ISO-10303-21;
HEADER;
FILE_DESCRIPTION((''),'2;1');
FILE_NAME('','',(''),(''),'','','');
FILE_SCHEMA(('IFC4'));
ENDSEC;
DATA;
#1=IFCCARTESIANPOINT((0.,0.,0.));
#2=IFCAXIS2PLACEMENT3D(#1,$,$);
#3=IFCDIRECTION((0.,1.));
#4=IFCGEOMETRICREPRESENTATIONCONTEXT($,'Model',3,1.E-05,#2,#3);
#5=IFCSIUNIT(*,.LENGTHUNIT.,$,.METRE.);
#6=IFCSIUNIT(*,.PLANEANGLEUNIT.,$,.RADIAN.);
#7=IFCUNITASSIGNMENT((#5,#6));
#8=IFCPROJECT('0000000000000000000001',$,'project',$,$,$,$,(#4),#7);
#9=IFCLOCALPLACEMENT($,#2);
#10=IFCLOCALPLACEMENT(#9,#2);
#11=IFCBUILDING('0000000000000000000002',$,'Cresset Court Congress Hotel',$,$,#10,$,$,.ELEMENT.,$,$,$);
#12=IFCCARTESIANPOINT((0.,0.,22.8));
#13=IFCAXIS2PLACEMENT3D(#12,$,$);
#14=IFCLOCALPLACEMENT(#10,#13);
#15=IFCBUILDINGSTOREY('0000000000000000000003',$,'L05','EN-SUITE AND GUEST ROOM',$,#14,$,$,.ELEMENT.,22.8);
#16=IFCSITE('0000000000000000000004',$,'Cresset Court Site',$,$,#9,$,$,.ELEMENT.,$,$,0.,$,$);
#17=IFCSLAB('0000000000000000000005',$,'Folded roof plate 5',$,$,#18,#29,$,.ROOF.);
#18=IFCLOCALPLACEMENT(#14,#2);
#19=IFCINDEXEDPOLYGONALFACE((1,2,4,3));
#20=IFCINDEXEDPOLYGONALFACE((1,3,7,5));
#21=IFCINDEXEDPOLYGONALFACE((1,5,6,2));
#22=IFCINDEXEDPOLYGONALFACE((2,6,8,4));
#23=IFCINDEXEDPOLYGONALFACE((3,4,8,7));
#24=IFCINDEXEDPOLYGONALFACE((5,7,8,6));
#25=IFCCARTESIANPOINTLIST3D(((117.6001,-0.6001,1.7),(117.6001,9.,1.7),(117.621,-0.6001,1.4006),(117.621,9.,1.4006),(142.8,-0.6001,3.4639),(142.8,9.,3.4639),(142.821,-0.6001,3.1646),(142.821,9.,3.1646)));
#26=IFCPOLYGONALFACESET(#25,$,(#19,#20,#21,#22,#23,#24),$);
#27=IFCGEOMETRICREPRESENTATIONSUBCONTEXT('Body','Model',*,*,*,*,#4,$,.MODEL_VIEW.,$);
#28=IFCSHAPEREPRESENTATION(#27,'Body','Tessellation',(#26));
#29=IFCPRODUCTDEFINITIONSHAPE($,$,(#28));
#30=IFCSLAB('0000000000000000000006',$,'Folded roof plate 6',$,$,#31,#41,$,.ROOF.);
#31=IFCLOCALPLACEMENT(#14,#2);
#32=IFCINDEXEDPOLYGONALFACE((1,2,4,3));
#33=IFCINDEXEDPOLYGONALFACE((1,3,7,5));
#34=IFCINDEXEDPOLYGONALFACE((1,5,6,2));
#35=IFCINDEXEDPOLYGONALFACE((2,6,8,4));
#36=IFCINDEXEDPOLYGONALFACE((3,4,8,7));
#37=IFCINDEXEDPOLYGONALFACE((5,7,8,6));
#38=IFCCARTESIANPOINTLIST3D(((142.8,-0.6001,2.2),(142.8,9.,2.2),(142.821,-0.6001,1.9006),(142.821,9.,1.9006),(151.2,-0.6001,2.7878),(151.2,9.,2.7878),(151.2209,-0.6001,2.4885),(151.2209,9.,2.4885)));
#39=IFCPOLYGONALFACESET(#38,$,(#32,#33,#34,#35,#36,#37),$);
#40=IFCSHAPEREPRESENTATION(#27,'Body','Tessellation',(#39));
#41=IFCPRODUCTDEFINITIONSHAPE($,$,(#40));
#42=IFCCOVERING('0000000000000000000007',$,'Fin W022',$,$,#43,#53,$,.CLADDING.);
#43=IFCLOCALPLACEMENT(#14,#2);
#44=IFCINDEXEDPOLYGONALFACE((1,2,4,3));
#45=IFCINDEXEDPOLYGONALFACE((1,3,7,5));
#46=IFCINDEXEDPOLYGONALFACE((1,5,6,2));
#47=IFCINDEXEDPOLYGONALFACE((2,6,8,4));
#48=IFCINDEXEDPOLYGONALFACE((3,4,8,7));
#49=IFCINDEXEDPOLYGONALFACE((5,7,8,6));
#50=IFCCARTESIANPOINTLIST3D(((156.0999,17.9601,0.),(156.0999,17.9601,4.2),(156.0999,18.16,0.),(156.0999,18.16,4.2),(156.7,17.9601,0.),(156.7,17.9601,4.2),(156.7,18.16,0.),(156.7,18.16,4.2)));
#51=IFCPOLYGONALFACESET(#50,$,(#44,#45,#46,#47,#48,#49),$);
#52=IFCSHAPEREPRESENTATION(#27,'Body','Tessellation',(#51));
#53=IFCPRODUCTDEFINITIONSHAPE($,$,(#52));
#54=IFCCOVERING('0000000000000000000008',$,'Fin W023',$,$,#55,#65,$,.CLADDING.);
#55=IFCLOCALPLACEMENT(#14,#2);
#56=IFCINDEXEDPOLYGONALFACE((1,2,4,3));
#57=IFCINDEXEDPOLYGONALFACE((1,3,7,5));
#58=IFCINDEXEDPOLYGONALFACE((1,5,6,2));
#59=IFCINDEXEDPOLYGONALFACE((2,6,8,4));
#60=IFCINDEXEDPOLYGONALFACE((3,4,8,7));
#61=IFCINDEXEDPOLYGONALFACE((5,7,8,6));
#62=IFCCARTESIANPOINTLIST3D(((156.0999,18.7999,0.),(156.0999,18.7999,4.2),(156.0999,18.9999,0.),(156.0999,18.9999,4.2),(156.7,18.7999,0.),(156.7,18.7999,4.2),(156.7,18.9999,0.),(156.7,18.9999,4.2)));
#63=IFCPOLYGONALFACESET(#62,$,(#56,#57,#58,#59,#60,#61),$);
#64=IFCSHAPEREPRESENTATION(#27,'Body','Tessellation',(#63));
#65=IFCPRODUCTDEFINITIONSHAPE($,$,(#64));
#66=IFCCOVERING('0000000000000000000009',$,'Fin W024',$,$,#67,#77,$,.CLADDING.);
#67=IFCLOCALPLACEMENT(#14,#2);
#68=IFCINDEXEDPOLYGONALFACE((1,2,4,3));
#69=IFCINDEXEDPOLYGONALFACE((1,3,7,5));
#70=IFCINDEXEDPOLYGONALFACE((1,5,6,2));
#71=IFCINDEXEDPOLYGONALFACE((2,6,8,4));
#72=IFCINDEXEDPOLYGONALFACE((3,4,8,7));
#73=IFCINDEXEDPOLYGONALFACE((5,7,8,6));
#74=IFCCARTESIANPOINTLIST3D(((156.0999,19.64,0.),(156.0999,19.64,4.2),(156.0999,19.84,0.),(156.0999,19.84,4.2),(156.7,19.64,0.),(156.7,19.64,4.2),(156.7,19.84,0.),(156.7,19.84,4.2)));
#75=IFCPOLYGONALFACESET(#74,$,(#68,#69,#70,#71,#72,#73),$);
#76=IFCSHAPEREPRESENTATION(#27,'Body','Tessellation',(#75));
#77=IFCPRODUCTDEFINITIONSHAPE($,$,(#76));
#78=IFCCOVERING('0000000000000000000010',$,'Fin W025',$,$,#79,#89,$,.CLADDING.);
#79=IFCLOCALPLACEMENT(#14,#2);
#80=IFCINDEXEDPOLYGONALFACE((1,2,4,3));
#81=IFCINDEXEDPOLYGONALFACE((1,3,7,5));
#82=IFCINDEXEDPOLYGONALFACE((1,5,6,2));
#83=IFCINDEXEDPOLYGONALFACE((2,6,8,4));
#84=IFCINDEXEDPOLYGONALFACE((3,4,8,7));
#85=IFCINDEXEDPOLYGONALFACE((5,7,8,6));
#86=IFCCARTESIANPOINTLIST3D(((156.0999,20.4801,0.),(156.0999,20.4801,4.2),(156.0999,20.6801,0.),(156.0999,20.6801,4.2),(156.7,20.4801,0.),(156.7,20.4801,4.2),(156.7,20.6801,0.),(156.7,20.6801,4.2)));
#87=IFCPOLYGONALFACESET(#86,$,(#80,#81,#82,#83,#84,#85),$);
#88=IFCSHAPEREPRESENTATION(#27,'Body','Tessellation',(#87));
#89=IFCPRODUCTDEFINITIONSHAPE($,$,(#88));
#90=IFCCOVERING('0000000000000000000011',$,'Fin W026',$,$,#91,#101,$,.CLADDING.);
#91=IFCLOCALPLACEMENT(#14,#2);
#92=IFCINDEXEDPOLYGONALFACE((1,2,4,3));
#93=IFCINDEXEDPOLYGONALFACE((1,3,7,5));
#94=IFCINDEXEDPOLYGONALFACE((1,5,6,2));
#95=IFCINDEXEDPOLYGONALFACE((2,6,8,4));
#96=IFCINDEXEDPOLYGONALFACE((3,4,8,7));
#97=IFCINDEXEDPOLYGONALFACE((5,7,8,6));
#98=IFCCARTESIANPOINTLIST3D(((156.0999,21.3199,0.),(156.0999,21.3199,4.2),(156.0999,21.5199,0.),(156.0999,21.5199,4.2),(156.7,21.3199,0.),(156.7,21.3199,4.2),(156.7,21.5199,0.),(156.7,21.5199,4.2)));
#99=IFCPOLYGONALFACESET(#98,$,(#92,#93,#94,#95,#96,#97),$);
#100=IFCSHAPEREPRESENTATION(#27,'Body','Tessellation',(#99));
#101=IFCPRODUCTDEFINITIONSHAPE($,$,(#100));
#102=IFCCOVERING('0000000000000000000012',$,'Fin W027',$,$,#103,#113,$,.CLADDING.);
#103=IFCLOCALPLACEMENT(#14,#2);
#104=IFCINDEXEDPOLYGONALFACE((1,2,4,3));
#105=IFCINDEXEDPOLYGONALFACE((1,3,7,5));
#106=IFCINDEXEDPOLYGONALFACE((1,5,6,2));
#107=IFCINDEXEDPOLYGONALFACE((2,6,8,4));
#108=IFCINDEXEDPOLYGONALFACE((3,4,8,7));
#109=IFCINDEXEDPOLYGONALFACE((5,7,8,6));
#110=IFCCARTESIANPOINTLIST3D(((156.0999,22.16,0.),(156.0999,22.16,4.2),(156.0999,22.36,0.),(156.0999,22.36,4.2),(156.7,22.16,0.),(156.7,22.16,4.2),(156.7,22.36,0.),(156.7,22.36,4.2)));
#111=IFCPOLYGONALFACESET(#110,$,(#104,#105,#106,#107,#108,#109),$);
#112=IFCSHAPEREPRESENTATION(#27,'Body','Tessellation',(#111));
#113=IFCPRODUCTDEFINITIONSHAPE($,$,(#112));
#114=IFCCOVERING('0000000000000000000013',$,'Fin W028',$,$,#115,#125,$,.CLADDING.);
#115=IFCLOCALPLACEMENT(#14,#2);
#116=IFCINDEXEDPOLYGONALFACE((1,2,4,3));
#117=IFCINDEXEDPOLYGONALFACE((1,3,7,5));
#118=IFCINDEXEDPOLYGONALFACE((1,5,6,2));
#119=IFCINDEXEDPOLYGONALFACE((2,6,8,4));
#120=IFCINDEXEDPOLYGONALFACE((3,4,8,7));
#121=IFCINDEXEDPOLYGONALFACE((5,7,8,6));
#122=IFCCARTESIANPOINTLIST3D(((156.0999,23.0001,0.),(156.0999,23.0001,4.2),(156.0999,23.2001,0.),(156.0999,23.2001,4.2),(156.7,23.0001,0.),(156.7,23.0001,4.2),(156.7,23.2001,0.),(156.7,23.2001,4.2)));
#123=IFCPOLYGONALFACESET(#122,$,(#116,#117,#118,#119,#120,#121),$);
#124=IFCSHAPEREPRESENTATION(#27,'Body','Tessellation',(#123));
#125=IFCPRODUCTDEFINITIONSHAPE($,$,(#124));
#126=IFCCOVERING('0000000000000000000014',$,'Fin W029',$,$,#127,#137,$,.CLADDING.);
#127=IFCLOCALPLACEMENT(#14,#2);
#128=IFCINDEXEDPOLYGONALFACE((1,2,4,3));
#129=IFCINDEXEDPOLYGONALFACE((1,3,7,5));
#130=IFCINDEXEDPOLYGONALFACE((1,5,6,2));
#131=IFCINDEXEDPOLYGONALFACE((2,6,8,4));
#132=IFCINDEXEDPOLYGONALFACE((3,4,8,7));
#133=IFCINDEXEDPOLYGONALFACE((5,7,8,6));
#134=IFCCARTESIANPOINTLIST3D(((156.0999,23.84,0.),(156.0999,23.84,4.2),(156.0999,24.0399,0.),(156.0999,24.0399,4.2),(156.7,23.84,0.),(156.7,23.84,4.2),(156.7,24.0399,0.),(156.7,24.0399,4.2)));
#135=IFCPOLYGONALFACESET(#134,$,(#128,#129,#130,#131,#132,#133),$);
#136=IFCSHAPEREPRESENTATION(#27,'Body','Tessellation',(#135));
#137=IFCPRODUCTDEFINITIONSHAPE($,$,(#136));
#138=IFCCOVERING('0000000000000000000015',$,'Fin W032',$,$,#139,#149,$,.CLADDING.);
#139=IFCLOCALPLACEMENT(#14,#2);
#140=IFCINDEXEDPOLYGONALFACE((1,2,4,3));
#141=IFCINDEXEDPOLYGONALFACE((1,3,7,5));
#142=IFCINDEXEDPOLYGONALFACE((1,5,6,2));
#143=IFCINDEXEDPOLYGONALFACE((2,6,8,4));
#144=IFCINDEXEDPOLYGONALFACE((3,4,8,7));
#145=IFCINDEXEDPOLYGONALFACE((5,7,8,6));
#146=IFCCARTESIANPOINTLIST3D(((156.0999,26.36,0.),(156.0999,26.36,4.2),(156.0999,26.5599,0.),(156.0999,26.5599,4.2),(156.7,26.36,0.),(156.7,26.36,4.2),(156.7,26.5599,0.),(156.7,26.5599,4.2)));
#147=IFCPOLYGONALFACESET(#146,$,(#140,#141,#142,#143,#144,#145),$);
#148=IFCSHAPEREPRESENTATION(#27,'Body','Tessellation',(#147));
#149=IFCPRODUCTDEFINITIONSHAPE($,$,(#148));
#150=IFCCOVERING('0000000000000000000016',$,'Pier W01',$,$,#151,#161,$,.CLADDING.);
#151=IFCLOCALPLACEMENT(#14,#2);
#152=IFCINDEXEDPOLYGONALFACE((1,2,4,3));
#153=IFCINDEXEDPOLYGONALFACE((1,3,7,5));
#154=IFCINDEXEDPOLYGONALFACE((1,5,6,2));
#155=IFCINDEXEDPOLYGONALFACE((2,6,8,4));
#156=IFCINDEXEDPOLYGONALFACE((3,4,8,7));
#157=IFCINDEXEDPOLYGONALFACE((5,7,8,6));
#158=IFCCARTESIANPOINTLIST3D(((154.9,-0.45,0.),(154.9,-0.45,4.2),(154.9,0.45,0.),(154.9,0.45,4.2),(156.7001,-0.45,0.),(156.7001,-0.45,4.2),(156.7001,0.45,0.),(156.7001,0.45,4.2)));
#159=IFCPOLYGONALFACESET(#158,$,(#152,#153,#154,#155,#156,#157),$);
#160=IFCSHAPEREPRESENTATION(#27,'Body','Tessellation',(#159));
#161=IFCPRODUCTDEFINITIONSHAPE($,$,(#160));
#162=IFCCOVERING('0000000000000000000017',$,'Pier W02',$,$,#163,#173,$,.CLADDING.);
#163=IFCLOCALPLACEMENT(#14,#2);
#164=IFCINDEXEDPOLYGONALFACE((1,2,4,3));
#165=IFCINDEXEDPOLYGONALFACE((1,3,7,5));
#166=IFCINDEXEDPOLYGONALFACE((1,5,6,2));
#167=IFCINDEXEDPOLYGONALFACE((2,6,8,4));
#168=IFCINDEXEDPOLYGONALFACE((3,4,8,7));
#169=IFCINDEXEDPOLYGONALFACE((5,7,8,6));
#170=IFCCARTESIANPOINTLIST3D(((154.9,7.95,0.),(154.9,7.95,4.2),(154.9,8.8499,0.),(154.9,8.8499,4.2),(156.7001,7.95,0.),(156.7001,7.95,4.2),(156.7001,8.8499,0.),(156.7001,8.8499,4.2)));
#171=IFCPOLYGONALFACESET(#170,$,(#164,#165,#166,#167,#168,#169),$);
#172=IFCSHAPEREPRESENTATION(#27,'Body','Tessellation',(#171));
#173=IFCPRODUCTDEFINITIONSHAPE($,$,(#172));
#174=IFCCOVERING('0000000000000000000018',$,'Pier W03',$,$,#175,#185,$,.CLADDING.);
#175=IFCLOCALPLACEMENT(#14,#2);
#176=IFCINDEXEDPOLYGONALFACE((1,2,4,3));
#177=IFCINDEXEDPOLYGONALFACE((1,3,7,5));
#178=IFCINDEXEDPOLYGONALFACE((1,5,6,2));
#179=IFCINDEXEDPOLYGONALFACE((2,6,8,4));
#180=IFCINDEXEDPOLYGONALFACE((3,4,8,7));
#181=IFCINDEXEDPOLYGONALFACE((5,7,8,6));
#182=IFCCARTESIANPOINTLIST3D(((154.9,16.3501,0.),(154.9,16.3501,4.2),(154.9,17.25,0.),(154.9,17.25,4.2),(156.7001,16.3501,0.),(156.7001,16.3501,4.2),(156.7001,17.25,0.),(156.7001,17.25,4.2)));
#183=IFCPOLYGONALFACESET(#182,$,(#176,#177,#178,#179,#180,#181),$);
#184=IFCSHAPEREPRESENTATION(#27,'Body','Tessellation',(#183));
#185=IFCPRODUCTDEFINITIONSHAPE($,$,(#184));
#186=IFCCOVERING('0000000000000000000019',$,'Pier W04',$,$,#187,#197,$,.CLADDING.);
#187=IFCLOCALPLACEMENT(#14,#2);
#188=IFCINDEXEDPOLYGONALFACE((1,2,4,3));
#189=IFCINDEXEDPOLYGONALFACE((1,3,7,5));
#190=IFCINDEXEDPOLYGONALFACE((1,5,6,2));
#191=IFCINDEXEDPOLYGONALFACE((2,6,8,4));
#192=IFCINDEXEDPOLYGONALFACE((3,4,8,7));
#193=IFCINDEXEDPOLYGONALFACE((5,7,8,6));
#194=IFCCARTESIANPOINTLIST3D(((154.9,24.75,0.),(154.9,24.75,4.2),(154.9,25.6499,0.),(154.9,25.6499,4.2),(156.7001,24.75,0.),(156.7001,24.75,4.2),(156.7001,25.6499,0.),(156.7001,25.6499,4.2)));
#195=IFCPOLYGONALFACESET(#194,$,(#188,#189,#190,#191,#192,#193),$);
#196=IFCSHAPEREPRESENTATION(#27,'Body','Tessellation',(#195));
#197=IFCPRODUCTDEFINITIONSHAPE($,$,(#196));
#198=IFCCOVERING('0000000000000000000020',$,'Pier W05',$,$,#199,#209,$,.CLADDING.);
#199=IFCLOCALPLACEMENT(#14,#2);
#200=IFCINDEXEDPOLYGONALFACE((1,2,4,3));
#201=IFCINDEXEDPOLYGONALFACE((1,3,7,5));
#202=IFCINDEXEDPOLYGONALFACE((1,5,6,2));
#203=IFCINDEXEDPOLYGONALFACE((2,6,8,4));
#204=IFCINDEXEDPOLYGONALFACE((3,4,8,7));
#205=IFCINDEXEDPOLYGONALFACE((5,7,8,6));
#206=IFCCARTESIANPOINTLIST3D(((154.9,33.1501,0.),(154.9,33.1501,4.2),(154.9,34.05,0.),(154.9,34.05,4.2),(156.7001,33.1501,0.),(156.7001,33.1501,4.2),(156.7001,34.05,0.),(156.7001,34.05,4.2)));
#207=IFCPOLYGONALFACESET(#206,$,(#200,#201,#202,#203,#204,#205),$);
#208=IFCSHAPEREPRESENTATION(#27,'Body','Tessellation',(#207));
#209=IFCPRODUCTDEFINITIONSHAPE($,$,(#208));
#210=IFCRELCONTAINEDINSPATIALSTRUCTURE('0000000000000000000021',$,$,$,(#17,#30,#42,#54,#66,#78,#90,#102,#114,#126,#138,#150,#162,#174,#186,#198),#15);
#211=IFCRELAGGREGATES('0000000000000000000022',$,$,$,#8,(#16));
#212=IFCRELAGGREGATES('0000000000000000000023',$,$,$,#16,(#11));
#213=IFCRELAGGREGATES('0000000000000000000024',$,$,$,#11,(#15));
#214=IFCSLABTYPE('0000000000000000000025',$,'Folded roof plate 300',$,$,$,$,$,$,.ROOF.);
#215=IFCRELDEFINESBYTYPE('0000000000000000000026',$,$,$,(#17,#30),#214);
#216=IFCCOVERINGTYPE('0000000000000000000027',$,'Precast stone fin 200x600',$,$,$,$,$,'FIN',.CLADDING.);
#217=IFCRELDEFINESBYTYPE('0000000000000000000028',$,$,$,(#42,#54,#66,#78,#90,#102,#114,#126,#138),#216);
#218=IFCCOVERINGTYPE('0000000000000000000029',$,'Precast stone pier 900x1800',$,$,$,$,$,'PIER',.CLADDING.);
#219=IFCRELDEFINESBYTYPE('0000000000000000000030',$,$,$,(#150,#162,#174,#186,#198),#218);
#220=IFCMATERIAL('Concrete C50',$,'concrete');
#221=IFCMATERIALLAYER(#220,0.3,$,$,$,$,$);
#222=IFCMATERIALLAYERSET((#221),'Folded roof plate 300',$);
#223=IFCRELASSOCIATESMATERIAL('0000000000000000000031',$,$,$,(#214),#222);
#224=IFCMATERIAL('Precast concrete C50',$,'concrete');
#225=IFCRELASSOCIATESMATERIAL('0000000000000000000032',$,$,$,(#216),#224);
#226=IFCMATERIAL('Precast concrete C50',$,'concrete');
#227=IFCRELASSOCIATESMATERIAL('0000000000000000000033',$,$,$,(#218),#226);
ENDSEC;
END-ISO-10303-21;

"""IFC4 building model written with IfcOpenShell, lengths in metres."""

from ifc_helpers import new_model, si_unit, direction, frame, origin, origin_2d, place, context, subcontext, project, spatial, polyline, rectangle, outline, extrude, material, layer, layer_set, type_object, element, save


model = new_model("IFC4")

# Units and contexts
model_context = context("Model", 3, precision=1e-05, world=origin(), true_north=direction((0.0, 1.0)))
body_context = subcontext(model_context, "Body", "Model", "MODEL_VIEW")
ifc_project = project(units=[si_unit("LENGTHUNIT", "METRE"), si_unit("PLANEANGLEUNIT", "RADIAN")], contexts=[model_context])

# Site, building, storey
site_placement = place(None, origin())
site = spatial("IfcSite", under=ifc_project, at=site_placement, Name="Cresset Court Site", CompositionType="ELEMENT", RefElevation=0.0)
building_placement = place(site_placement, origin())
building = spatial("IfcBuilding", under=site, at=building_placement, Name="Cresset Court Congress Hotel", CompositionType="ELEMENT")
storey_placement = place(building_placement, frame((0.0, 0.0, 22.8)))
storey = spatial("IfcBuildingStorey", under=building, at=storey_placement, Name="L05", Description="EN-SUITE AND GUEST ROOM", CompositionType="ELEMENT", Elevation=22.8)

# Slabs
ifc_material_1 = material(Name="Concrete C50", Category="concrete")
ifc_layer = layer(ifc_material_1, 0.3)
ifc_layer_set = layer_set([ifc_layer], Name="Folded roof plate 300")
slab_type = type_object("IfcSlabType", Name="Folded roof plate 300", PredefinedType="ROOF", material=ifc_layer_set)
slab_1_placement = place(storey_placement, frame((117.6001, -0.6001, 1.7), z_axis=(-0.069826, 0.0, 0.997559), x_axis=(0.997559, 0.0, 0.069826)))
element("IfcSlab", 1, at=slab_1_placement, inside=storey, type_object=slab_type, Name="Folded roof plate 5", PredefinedType="ROOF", context=body_context, shape_type="SweptSolid", body=[
    extrude(outline(polyline([(0.0, 0.0), (25.2616, 0.0), (25.2616, 9.6001), (0.0, 9.6001), (0.0, 0.0)])), origin(), (0.0, 0.0, -1.0), 0.3),
])
slab_2_placement = place(storey_placement, frame((142.8, -0.6001, 2.2), z_axis=(-0.069817, 0.0, 0.99756), x_axis=(0.99756, 0.0, 0.069817)))
element("IfcSlab", 2, at=slab_2_placement, inside=storey, type_object=slab_type, Name="Folded roof plate 6", PredefinedType="ROOF", context=body_context, shape_type="SweptSolid", body=[
    extrude(outline(polyline([(0.0, 0.0), (8.4204, 0.0), (8.4204, 9.6001), (0.0, 9.6001), (0.0, 0.0)])), origin(), (0.0, 0.0, -1.0), 0.3),
])

# Coverings
ifc_material_2 = material(Name="Precast concrete C50", Category="concrete")
covering_type_1 = type_object("IfcCoveringType", Name="Precast stone fin 200x600", ElementType="FIN", PredefinedType="CLADDING", material=ifc_material_2)
for number, where, z_axis, x_axis, name in (
    (3, (156.3999, 18.0601, 0.0), (0.0, 0.0, 1.0), (1.0, 0.0, 0.0), "Fin W022"),
    (4, (156.3999, 18.8999, 0.0), (0.0, 0.0, 1.0), (1.0, 0.0, 0.0), "Fin W023"),
    (5, (156.3999, 19.74, 0.0), (0.0, 0.0, 1.0), (1.0, 0.0, 0.0), "Fin W024"),
    (6, (156.3999, 20.5801, 0.0), (0.0, 0.0, 1.0), (1.0, 0.0, 0.0), "Fin W025"),
    (7, (156.3999, 21.4199, 0.0), (0.0, 0.0, 1.0), (1.0, 0.0, 0.0), "Fin W026"),
    (8, (156.3999, 22.26, 0.0), (0.0, 0.0, 1.0), (1.0, 0.0, 0.0), "Fin W027"),
    (9, (156.3999, 23.1001, 0.0), (0.0, 0.0, 1.0), (1.0, 0.0, 0.0), "Fin W028"),
    (10, (156.3999, 23.9399, 0.0), (0.0, 0.0, 1.0), (1.0, 0.0, 0.0), "Fin W029"),
    (11, (156.3999, 26.46, 0.0), (0.0, 0.0, 1.0), (1.0, 0.0, 0.0), "Fin W032"),
):
    element("IfcCovering", number, at=place(storey_placement, frame(where, z_axis=z_axis, x_axis=x_axis)), inside=storey, type_object=covering_type_1, Name=name, PredefinedType="CLADDING", context=body_context, shape_type="SweptSolid", body=[
        extrude(rectangle(XDim=0.6001, YDim=0.2, at=origin_2d()), origin(), (0.0, 0.0, 1.0), 4.2),
    ])
ifc_material_3 = material(Name="Precast concrete C50", Category="concrete")
covering_type_2 = type_object("IfcCoveringType", Name="Precast stone pier 900x1800", ElementType="PIER", PredefinedType="CLADDING", material=ifc_material_3)
for number, where, z_axis, x_axis, name in (
    (12, (155.8, 0.0, 0.0), (0.0, 0.0, 1.0), (1.0, 0.0, 0.0), "Pier W01"),
    (13, (155.8, 8.3999, 0.0), (0.0, 0.0, 1.0), (1.0, 0.0, 0.0), "Pier W02"),
    (14, (155.8, 16.8, 0.0), (0.0, 0.0, 1.0), (1.0, 0.0, 0.0), "Pier W03"),
    (15, (155.8, 25.2, 0.0), (0.0, 0.0, 1.0), (1.0, 0.0, 0.0), "Pier W04"),
    (16, (155.8, 33.6001, 0.0), (0.0, 0.0, 1.0), (1.0, 0.0, 0.0), "Pier W05"),
):
    element("IfcCovering", number, at=place(storey_placement, frame(where, z_axis=z_axis, x_axis=x_axis)), inside=storey, type_object=covering_type_2, Name=name, PredefinedType="CLADDING", context=body_context, shape_type="SweptSolid", body=[
        extrude(rectangle(XDim=1.8, YDim=0.8999, at=origin_2d()), origin(), (0.0, 0.0, 1.0), 4.2),
    ])

save(model, "model.ifc")
